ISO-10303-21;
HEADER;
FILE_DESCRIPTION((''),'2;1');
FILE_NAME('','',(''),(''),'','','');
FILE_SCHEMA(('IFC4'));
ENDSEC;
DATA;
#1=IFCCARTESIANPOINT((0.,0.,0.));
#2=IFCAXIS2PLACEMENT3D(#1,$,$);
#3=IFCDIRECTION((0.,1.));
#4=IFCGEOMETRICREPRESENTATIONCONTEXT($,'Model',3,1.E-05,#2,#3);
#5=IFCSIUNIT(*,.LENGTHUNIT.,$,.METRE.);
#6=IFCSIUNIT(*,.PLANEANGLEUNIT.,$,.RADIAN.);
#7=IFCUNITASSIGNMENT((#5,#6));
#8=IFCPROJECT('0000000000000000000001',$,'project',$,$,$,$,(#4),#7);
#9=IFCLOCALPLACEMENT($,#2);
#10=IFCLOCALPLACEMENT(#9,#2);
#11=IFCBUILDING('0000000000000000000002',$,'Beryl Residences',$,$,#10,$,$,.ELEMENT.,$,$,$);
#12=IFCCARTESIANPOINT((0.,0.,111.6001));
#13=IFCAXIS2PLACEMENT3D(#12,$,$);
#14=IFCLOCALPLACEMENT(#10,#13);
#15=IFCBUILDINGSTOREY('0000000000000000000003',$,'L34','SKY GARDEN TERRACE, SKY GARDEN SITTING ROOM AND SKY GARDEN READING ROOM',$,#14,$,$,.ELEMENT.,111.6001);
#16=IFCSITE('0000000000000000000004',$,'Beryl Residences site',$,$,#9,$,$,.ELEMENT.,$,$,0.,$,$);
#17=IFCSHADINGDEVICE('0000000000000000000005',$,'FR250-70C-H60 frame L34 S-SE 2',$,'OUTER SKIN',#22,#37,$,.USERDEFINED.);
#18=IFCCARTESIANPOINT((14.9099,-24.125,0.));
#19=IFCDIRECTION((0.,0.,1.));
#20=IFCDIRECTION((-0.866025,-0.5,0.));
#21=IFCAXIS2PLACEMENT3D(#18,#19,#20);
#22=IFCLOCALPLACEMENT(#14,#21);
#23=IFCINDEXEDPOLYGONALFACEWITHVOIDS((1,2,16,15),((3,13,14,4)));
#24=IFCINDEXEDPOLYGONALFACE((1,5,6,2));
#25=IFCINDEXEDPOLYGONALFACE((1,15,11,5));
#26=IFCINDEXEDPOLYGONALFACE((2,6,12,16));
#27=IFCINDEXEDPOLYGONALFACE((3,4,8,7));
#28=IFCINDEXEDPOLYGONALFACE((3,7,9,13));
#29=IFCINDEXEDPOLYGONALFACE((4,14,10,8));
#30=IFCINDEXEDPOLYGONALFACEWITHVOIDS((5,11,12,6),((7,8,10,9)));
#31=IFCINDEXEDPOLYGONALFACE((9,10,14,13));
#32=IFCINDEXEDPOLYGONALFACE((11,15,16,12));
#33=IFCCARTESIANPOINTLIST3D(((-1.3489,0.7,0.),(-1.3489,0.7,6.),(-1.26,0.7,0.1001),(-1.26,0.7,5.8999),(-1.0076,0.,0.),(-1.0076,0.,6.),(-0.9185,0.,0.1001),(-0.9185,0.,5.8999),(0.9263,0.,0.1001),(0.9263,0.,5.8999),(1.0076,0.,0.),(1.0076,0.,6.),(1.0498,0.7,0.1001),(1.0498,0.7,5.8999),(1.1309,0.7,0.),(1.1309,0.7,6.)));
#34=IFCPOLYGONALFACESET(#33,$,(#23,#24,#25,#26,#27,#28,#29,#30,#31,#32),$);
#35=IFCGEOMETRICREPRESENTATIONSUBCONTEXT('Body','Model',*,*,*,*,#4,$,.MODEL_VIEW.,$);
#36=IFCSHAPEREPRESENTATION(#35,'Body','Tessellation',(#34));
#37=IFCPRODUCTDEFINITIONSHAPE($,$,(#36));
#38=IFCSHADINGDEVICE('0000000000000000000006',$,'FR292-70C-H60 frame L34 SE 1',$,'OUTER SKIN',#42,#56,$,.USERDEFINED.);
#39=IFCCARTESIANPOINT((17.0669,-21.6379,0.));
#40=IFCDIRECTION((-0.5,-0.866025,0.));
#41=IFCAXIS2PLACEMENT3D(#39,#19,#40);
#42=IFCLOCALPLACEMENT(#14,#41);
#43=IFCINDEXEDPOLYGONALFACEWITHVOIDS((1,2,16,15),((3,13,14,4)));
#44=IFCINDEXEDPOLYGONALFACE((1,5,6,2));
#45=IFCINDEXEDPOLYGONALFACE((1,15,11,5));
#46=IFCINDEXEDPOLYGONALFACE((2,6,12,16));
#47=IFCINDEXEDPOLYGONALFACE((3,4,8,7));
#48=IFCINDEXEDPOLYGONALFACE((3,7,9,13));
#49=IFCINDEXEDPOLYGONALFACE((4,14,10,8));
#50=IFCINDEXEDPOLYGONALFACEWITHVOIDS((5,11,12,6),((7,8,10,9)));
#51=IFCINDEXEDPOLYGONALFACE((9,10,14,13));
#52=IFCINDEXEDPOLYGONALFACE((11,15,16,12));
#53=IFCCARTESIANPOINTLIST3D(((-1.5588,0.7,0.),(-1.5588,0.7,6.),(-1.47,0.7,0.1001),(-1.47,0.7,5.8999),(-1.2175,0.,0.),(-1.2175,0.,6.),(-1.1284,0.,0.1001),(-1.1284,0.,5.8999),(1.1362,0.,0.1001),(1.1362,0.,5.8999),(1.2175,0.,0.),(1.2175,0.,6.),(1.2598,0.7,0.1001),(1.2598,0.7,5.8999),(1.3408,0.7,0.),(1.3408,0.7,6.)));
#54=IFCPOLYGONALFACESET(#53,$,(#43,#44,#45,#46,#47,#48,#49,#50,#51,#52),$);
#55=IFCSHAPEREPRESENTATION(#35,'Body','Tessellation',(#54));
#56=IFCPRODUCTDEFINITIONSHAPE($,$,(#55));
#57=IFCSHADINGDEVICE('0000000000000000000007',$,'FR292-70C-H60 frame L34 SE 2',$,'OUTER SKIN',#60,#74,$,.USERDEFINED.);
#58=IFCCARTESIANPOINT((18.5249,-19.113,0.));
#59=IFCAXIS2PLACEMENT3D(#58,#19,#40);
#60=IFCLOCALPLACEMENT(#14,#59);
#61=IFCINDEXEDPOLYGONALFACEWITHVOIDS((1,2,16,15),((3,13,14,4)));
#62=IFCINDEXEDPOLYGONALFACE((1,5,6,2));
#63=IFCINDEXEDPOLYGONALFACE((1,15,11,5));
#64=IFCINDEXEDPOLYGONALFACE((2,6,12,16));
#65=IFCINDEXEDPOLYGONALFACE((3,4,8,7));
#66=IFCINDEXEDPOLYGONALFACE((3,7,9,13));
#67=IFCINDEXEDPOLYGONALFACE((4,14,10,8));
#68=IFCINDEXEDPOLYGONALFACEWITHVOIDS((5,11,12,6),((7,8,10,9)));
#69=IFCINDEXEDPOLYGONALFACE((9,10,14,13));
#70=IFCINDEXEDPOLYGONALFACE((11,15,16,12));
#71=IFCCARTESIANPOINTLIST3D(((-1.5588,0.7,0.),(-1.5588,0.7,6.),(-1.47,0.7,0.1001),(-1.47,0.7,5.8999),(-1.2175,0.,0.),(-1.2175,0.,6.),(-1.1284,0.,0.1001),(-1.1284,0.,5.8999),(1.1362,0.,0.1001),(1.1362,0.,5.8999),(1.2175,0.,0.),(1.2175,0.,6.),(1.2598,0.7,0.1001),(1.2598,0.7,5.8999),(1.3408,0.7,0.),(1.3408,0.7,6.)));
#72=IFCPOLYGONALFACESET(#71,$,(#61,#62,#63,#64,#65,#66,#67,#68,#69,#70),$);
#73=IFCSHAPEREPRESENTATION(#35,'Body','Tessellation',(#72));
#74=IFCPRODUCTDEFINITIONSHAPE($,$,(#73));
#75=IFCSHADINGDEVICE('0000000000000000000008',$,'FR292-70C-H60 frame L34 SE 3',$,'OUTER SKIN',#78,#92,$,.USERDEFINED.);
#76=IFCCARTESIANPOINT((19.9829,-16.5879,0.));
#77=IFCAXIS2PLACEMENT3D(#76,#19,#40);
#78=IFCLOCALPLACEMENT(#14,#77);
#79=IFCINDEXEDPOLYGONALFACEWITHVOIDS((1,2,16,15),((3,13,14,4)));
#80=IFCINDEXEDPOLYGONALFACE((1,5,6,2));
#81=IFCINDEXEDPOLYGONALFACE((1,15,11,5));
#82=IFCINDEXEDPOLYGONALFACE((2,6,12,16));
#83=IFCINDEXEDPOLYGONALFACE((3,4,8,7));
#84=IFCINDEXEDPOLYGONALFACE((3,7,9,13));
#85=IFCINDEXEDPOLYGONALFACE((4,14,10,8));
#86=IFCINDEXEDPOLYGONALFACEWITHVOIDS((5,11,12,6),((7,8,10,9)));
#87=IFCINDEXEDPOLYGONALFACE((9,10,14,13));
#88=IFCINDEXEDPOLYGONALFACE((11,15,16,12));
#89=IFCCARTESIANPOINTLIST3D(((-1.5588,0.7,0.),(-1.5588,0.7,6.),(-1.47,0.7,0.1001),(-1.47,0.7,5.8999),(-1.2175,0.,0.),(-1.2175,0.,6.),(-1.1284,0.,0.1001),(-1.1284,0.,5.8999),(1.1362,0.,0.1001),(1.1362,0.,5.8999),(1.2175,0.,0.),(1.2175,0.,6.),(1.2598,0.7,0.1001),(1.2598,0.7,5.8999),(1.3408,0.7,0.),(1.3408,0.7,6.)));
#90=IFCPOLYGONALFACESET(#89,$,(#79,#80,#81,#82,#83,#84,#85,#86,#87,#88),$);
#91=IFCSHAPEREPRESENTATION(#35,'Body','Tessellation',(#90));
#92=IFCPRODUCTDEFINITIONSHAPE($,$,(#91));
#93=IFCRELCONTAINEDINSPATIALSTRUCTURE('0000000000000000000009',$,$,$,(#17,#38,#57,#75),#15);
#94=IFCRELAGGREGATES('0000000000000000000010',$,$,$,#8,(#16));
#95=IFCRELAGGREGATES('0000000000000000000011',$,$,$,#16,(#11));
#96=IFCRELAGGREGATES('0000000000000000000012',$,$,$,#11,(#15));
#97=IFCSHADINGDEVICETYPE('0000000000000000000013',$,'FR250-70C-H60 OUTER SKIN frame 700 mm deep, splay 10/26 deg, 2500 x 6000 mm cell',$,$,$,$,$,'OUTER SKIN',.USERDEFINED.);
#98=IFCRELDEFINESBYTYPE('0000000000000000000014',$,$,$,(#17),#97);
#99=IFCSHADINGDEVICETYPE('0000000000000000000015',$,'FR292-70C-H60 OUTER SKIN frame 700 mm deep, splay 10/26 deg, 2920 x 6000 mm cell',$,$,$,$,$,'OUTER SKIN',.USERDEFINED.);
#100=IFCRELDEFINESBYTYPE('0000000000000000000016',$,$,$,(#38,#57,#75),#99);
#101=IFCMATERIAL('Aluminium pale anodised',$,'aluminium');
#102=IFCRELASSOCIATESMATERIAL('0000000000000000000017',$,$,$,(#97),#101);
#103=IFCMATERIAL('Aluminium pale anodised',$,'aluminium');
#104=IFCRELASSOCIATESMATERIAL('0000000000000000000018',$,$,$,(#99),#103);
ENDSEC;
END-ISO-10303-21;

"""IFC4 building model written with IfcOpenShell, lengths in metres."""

from ifc_helpers import new_model, entity, si_unit, direction, frame, origin, place, context, subcontext, project, spatial, source, transform, mapped, material, type_object, type_shapes, element, save


model = new_model("IFC4")

# Units and contexts
model_context = context("Model", 3, precision=1e-05, world=origin(), true_north=direction((0.0, 1.0)))
body_context = subcontext(model_context, "Body", "Model", "MODEL_VIEW")
ifc_project = project(units=[si_unit("LENGTHUNIT", "METRE"), si_unit("PLANEANGLEUNIT", "RADIAN")], contexts=[model_context])

# Site, building, storey
site_placement = place(None, origin())
site = spatial("IfcSite", under=ifc_project, at=site_placement, Name="Beryl Residences site", CompositionType="ELEMENT", RefElevation=0.0)
building_placement = place(site_placement, origin())
building = spatial("IfcBuilding", under=site, at=building_placement, Name="Beryl Residences", CompositionType="ELEMENT")
storey_placement = place(building_placement, frame((0.0, 0.0, 111.6001)))
storey = spatial("IfcBuildingStorey", under=building, at=storey_placement, Name="L34", Description="SKY GARDEN TERRACE, SKY GARDEN SITTING ROOM AND SKY GARDEN READING ROOM", CompositionType="ELEMENT", Elevation=111.6001)

# Shading devices
ifc_material_1 = material(Name="Aluminium pale anodised", Category="aluminium")
shading_device_type_1 = type_object("IfcShadingDeviceType", Name="FR250-70C-H60 OUTER SKIN frame 700 mm deep, splay 10/26 deg, 2500 x 6000 mm cell", ElementType="OUTER SKIN", PredefinedType="USERDEFINED", material=ifc_material_1)
cartesian_point_1 = entity("IfcCartesianPoint", [-1.0076, 0.0])
cartesian_point_2 = entity("IfcCartesianPoint", [-0.9263, 0.1001])
cartesian_point_3 = entity("IfcCartesianPoint", [-1.1309, 0.0])
cartesian_point_4 = entity("IfcCartesianPoint", [-1.0498, 0.1001])
shared_shape_1 = source(origin(), body_context, "Body", "SweptSolid", [
    entity("IfcExtrudedAreaSolidTapered", entity("IfcArbitraryProfileDefWithVoids", "AREA", None, entity("IfcPolyline", [cartesian_point_1, entity("IfcCartesianPoint", [1.0076, 0.0]), entity("IfcCartesianPoint", [1.0076, 6.0]), entity("IfcCartesianPoint", [-1.0076, 6.0]), cartesian_point_1]), [entity("IfcPolyline", [cartesian_point_2, entity("IfcCartesianPoint", [0.9185, 0.1001]), entity("IfcCartesianPoint", [0.9185, 5.8999]), entity("IfcCartesianPoint", [-0.9263, 5.8999]), cartesian_point_2])]), entity("IfcAxis2Placement3D", entity("IfcCartesianPoint", [0.0, 0.0, 0.0]), entity("IfcDirection", [0.0, 1.0, 0.0]), entity("IfcDirection", [-1.0, 0.0, 0.0])), entity("IfcDirection", [0.0, 0.0, 1.0]), 0.7, entity("IfcArbitraryProfileDefWithVoids", "AREA", None, entity("IfcPolyline", [cartesian_point_3, entity("IfcCartesianPoint", [1.3489, 0.0]), entity("IfcCartesianPoint", [1.3489, 6.0]), entity("IfcCartesianPoint", [-1.1309, 6.0]), cartesian_point_3]), [entity("IfcPolyline", [cartesian_point_4, entity("IfcCartesianPoint", [1.26, 0.1001]), entity("IfcCartesianPoint", [1.26, 5.8999]), entity("IfcCartesianPoint", [-1.0498, 5.8999]), cartesian_point_4])])),
])
type_shapes(shading_device_type_1, [shared_shape_1])
shading_device_placement = place(storey_placement, frame((14.9099, -24.125, 0.0), z_axis=(0.0, 0.0, 1.0), x_axis=(-0.866025, -0.5, 0.0)))
element("IfcShadingDevice", 1, at=shading_device_placement, inside=storey, type_object=shading_device_type_1, Name="FR250-70C-H60 frame L34 S-SE 2", ObjectType="OUTER SKIN", PredefinedType="USERDEFINED", context=body_context, shape_type="MappedRepresentation", body=[
    mapped(shared_shape_1, transform((0.0, 0.0, 0.0))),
])
ifc_material_2 = material(Name="Aluminium pale anodised", Category="aluminium")
shading_device_type_2 = type_object("IfcShadingDeviceType", Name="FR292-70C-H60 OUTER SKIN frame 700 mm deep, splay 10/26 deg, 2920 x 6000 mm cell", ElementType="OUTER SKIN", PredefinedType="USERDEFINED", material=ifc_material_2)
cartesian_point_5 = entity("IfcCartesianPoint", [-1.2175, 0.0])
cartesian_point_6 = entity("IfcCartesianPoint", [-1.1362, 0.1001])
cartesian_point_7 = entity("IfcCartesianPoint", [-1.3408, 0.0])
cartesian_point_8 = entity("IfcCartesianPoint", [-1.2598, 0.1001])
shared_shape_2 = source(origin(), body_context, "Body", "SweptSolid", [
    entity("IfcExtrudedAreaSolidTapered", entity("IfcArbitraryProfileDefWithVoids", "AREA", None, entity("IfcPolyline", [cartesian_point_5, entity("IfcCartesianPoint", [1.2175, 0.0]), entity("IfcCartesianPoint", [1.2175, 6.0]), entity("IfcCartesianPoint", [-1.2175, 6.0]), cartesian_point_5]), [entity("IfcPolyline", [cartesian_point_6, entity("IfcCartesianPoint", [1.1284, 0.1001]), entity("IfcCartesianPoint", [1.1284, 5.8999]), entity("IfcCartesianPoint", [-1.1362, 5.8999]), cartesian_point_6])]), entity("IfcAxis2Placement3D", entity("IfcCartesianPoint", [0.0, 0.0, 0.0]), entity("IfcDirection", [0.0, 1.0, 0.0]), entity("IfcDirection", [-1.0, 0.0, 0.0])), entity("IfcDirection", [0.0, 0.0, 1.0]), 0.7, entity("IfcArbitraryProfileDefWithVoids", "AREA", None, entity("IfcPolyline", [cartesian_point_7, entity("IfcCartesianPoint", [1.5588, 0.0]), entity("IfcCartesianPoint", [1.5588, 6.0]), entity("IfcCartesianPoint", [-1.3408, 6.0]), cartesian_point_7]), [entity("IfcPolyline", [cartesian_point_8, entity("IfcCartesianPoint", [1.47, 0.1001]), entity("IfcCartesianPoint", [1.47, 5.8999]), entity("IfcCartesianPoint", [-1.2598, 5.8999]), cartesian_point_8])])),
])
type_shapes(shading_device_type_2, [shared_shape_2])
for number, where, z_axis, x_axis, name in (
    (2, (17.0669, -21.6379, 0.0), (0.0, 0.0, 1.0), (-0.5, -0.866025, 0.0), "FR292-70C-H60 frame L34 SE 1"),
    (3, (18.5249, -19.113, 0.0), (0.0, 0.0, 1.0), (-0.5, -0.866025, 0.0), "FR292-70C-H60 frame L34 SE 2"),
    (4, (19.9829, -16.5879, 0.0), (0.0, 0.0, 1.0), (-0.5, -0.866025, 0.0), "FR292-70C-H60 frame L34 SE 3"),
):
    element("IfcShadingDevice", number, at=place(storey_placement, frame(where, z_axis=z_axis, x_axis=x_axis)), inside=storey, type_object=shading_device_type_2, Name=name, ObjectType="OUTER SKIN", PredefinedType="USERDEFINED", context=body_context, shape_type="MappedRepresentation", body=[
        mapped(shared_shape_2, transform((0.0, 0.0, 0.0))),
    ])

save(model, "model.ifc")
